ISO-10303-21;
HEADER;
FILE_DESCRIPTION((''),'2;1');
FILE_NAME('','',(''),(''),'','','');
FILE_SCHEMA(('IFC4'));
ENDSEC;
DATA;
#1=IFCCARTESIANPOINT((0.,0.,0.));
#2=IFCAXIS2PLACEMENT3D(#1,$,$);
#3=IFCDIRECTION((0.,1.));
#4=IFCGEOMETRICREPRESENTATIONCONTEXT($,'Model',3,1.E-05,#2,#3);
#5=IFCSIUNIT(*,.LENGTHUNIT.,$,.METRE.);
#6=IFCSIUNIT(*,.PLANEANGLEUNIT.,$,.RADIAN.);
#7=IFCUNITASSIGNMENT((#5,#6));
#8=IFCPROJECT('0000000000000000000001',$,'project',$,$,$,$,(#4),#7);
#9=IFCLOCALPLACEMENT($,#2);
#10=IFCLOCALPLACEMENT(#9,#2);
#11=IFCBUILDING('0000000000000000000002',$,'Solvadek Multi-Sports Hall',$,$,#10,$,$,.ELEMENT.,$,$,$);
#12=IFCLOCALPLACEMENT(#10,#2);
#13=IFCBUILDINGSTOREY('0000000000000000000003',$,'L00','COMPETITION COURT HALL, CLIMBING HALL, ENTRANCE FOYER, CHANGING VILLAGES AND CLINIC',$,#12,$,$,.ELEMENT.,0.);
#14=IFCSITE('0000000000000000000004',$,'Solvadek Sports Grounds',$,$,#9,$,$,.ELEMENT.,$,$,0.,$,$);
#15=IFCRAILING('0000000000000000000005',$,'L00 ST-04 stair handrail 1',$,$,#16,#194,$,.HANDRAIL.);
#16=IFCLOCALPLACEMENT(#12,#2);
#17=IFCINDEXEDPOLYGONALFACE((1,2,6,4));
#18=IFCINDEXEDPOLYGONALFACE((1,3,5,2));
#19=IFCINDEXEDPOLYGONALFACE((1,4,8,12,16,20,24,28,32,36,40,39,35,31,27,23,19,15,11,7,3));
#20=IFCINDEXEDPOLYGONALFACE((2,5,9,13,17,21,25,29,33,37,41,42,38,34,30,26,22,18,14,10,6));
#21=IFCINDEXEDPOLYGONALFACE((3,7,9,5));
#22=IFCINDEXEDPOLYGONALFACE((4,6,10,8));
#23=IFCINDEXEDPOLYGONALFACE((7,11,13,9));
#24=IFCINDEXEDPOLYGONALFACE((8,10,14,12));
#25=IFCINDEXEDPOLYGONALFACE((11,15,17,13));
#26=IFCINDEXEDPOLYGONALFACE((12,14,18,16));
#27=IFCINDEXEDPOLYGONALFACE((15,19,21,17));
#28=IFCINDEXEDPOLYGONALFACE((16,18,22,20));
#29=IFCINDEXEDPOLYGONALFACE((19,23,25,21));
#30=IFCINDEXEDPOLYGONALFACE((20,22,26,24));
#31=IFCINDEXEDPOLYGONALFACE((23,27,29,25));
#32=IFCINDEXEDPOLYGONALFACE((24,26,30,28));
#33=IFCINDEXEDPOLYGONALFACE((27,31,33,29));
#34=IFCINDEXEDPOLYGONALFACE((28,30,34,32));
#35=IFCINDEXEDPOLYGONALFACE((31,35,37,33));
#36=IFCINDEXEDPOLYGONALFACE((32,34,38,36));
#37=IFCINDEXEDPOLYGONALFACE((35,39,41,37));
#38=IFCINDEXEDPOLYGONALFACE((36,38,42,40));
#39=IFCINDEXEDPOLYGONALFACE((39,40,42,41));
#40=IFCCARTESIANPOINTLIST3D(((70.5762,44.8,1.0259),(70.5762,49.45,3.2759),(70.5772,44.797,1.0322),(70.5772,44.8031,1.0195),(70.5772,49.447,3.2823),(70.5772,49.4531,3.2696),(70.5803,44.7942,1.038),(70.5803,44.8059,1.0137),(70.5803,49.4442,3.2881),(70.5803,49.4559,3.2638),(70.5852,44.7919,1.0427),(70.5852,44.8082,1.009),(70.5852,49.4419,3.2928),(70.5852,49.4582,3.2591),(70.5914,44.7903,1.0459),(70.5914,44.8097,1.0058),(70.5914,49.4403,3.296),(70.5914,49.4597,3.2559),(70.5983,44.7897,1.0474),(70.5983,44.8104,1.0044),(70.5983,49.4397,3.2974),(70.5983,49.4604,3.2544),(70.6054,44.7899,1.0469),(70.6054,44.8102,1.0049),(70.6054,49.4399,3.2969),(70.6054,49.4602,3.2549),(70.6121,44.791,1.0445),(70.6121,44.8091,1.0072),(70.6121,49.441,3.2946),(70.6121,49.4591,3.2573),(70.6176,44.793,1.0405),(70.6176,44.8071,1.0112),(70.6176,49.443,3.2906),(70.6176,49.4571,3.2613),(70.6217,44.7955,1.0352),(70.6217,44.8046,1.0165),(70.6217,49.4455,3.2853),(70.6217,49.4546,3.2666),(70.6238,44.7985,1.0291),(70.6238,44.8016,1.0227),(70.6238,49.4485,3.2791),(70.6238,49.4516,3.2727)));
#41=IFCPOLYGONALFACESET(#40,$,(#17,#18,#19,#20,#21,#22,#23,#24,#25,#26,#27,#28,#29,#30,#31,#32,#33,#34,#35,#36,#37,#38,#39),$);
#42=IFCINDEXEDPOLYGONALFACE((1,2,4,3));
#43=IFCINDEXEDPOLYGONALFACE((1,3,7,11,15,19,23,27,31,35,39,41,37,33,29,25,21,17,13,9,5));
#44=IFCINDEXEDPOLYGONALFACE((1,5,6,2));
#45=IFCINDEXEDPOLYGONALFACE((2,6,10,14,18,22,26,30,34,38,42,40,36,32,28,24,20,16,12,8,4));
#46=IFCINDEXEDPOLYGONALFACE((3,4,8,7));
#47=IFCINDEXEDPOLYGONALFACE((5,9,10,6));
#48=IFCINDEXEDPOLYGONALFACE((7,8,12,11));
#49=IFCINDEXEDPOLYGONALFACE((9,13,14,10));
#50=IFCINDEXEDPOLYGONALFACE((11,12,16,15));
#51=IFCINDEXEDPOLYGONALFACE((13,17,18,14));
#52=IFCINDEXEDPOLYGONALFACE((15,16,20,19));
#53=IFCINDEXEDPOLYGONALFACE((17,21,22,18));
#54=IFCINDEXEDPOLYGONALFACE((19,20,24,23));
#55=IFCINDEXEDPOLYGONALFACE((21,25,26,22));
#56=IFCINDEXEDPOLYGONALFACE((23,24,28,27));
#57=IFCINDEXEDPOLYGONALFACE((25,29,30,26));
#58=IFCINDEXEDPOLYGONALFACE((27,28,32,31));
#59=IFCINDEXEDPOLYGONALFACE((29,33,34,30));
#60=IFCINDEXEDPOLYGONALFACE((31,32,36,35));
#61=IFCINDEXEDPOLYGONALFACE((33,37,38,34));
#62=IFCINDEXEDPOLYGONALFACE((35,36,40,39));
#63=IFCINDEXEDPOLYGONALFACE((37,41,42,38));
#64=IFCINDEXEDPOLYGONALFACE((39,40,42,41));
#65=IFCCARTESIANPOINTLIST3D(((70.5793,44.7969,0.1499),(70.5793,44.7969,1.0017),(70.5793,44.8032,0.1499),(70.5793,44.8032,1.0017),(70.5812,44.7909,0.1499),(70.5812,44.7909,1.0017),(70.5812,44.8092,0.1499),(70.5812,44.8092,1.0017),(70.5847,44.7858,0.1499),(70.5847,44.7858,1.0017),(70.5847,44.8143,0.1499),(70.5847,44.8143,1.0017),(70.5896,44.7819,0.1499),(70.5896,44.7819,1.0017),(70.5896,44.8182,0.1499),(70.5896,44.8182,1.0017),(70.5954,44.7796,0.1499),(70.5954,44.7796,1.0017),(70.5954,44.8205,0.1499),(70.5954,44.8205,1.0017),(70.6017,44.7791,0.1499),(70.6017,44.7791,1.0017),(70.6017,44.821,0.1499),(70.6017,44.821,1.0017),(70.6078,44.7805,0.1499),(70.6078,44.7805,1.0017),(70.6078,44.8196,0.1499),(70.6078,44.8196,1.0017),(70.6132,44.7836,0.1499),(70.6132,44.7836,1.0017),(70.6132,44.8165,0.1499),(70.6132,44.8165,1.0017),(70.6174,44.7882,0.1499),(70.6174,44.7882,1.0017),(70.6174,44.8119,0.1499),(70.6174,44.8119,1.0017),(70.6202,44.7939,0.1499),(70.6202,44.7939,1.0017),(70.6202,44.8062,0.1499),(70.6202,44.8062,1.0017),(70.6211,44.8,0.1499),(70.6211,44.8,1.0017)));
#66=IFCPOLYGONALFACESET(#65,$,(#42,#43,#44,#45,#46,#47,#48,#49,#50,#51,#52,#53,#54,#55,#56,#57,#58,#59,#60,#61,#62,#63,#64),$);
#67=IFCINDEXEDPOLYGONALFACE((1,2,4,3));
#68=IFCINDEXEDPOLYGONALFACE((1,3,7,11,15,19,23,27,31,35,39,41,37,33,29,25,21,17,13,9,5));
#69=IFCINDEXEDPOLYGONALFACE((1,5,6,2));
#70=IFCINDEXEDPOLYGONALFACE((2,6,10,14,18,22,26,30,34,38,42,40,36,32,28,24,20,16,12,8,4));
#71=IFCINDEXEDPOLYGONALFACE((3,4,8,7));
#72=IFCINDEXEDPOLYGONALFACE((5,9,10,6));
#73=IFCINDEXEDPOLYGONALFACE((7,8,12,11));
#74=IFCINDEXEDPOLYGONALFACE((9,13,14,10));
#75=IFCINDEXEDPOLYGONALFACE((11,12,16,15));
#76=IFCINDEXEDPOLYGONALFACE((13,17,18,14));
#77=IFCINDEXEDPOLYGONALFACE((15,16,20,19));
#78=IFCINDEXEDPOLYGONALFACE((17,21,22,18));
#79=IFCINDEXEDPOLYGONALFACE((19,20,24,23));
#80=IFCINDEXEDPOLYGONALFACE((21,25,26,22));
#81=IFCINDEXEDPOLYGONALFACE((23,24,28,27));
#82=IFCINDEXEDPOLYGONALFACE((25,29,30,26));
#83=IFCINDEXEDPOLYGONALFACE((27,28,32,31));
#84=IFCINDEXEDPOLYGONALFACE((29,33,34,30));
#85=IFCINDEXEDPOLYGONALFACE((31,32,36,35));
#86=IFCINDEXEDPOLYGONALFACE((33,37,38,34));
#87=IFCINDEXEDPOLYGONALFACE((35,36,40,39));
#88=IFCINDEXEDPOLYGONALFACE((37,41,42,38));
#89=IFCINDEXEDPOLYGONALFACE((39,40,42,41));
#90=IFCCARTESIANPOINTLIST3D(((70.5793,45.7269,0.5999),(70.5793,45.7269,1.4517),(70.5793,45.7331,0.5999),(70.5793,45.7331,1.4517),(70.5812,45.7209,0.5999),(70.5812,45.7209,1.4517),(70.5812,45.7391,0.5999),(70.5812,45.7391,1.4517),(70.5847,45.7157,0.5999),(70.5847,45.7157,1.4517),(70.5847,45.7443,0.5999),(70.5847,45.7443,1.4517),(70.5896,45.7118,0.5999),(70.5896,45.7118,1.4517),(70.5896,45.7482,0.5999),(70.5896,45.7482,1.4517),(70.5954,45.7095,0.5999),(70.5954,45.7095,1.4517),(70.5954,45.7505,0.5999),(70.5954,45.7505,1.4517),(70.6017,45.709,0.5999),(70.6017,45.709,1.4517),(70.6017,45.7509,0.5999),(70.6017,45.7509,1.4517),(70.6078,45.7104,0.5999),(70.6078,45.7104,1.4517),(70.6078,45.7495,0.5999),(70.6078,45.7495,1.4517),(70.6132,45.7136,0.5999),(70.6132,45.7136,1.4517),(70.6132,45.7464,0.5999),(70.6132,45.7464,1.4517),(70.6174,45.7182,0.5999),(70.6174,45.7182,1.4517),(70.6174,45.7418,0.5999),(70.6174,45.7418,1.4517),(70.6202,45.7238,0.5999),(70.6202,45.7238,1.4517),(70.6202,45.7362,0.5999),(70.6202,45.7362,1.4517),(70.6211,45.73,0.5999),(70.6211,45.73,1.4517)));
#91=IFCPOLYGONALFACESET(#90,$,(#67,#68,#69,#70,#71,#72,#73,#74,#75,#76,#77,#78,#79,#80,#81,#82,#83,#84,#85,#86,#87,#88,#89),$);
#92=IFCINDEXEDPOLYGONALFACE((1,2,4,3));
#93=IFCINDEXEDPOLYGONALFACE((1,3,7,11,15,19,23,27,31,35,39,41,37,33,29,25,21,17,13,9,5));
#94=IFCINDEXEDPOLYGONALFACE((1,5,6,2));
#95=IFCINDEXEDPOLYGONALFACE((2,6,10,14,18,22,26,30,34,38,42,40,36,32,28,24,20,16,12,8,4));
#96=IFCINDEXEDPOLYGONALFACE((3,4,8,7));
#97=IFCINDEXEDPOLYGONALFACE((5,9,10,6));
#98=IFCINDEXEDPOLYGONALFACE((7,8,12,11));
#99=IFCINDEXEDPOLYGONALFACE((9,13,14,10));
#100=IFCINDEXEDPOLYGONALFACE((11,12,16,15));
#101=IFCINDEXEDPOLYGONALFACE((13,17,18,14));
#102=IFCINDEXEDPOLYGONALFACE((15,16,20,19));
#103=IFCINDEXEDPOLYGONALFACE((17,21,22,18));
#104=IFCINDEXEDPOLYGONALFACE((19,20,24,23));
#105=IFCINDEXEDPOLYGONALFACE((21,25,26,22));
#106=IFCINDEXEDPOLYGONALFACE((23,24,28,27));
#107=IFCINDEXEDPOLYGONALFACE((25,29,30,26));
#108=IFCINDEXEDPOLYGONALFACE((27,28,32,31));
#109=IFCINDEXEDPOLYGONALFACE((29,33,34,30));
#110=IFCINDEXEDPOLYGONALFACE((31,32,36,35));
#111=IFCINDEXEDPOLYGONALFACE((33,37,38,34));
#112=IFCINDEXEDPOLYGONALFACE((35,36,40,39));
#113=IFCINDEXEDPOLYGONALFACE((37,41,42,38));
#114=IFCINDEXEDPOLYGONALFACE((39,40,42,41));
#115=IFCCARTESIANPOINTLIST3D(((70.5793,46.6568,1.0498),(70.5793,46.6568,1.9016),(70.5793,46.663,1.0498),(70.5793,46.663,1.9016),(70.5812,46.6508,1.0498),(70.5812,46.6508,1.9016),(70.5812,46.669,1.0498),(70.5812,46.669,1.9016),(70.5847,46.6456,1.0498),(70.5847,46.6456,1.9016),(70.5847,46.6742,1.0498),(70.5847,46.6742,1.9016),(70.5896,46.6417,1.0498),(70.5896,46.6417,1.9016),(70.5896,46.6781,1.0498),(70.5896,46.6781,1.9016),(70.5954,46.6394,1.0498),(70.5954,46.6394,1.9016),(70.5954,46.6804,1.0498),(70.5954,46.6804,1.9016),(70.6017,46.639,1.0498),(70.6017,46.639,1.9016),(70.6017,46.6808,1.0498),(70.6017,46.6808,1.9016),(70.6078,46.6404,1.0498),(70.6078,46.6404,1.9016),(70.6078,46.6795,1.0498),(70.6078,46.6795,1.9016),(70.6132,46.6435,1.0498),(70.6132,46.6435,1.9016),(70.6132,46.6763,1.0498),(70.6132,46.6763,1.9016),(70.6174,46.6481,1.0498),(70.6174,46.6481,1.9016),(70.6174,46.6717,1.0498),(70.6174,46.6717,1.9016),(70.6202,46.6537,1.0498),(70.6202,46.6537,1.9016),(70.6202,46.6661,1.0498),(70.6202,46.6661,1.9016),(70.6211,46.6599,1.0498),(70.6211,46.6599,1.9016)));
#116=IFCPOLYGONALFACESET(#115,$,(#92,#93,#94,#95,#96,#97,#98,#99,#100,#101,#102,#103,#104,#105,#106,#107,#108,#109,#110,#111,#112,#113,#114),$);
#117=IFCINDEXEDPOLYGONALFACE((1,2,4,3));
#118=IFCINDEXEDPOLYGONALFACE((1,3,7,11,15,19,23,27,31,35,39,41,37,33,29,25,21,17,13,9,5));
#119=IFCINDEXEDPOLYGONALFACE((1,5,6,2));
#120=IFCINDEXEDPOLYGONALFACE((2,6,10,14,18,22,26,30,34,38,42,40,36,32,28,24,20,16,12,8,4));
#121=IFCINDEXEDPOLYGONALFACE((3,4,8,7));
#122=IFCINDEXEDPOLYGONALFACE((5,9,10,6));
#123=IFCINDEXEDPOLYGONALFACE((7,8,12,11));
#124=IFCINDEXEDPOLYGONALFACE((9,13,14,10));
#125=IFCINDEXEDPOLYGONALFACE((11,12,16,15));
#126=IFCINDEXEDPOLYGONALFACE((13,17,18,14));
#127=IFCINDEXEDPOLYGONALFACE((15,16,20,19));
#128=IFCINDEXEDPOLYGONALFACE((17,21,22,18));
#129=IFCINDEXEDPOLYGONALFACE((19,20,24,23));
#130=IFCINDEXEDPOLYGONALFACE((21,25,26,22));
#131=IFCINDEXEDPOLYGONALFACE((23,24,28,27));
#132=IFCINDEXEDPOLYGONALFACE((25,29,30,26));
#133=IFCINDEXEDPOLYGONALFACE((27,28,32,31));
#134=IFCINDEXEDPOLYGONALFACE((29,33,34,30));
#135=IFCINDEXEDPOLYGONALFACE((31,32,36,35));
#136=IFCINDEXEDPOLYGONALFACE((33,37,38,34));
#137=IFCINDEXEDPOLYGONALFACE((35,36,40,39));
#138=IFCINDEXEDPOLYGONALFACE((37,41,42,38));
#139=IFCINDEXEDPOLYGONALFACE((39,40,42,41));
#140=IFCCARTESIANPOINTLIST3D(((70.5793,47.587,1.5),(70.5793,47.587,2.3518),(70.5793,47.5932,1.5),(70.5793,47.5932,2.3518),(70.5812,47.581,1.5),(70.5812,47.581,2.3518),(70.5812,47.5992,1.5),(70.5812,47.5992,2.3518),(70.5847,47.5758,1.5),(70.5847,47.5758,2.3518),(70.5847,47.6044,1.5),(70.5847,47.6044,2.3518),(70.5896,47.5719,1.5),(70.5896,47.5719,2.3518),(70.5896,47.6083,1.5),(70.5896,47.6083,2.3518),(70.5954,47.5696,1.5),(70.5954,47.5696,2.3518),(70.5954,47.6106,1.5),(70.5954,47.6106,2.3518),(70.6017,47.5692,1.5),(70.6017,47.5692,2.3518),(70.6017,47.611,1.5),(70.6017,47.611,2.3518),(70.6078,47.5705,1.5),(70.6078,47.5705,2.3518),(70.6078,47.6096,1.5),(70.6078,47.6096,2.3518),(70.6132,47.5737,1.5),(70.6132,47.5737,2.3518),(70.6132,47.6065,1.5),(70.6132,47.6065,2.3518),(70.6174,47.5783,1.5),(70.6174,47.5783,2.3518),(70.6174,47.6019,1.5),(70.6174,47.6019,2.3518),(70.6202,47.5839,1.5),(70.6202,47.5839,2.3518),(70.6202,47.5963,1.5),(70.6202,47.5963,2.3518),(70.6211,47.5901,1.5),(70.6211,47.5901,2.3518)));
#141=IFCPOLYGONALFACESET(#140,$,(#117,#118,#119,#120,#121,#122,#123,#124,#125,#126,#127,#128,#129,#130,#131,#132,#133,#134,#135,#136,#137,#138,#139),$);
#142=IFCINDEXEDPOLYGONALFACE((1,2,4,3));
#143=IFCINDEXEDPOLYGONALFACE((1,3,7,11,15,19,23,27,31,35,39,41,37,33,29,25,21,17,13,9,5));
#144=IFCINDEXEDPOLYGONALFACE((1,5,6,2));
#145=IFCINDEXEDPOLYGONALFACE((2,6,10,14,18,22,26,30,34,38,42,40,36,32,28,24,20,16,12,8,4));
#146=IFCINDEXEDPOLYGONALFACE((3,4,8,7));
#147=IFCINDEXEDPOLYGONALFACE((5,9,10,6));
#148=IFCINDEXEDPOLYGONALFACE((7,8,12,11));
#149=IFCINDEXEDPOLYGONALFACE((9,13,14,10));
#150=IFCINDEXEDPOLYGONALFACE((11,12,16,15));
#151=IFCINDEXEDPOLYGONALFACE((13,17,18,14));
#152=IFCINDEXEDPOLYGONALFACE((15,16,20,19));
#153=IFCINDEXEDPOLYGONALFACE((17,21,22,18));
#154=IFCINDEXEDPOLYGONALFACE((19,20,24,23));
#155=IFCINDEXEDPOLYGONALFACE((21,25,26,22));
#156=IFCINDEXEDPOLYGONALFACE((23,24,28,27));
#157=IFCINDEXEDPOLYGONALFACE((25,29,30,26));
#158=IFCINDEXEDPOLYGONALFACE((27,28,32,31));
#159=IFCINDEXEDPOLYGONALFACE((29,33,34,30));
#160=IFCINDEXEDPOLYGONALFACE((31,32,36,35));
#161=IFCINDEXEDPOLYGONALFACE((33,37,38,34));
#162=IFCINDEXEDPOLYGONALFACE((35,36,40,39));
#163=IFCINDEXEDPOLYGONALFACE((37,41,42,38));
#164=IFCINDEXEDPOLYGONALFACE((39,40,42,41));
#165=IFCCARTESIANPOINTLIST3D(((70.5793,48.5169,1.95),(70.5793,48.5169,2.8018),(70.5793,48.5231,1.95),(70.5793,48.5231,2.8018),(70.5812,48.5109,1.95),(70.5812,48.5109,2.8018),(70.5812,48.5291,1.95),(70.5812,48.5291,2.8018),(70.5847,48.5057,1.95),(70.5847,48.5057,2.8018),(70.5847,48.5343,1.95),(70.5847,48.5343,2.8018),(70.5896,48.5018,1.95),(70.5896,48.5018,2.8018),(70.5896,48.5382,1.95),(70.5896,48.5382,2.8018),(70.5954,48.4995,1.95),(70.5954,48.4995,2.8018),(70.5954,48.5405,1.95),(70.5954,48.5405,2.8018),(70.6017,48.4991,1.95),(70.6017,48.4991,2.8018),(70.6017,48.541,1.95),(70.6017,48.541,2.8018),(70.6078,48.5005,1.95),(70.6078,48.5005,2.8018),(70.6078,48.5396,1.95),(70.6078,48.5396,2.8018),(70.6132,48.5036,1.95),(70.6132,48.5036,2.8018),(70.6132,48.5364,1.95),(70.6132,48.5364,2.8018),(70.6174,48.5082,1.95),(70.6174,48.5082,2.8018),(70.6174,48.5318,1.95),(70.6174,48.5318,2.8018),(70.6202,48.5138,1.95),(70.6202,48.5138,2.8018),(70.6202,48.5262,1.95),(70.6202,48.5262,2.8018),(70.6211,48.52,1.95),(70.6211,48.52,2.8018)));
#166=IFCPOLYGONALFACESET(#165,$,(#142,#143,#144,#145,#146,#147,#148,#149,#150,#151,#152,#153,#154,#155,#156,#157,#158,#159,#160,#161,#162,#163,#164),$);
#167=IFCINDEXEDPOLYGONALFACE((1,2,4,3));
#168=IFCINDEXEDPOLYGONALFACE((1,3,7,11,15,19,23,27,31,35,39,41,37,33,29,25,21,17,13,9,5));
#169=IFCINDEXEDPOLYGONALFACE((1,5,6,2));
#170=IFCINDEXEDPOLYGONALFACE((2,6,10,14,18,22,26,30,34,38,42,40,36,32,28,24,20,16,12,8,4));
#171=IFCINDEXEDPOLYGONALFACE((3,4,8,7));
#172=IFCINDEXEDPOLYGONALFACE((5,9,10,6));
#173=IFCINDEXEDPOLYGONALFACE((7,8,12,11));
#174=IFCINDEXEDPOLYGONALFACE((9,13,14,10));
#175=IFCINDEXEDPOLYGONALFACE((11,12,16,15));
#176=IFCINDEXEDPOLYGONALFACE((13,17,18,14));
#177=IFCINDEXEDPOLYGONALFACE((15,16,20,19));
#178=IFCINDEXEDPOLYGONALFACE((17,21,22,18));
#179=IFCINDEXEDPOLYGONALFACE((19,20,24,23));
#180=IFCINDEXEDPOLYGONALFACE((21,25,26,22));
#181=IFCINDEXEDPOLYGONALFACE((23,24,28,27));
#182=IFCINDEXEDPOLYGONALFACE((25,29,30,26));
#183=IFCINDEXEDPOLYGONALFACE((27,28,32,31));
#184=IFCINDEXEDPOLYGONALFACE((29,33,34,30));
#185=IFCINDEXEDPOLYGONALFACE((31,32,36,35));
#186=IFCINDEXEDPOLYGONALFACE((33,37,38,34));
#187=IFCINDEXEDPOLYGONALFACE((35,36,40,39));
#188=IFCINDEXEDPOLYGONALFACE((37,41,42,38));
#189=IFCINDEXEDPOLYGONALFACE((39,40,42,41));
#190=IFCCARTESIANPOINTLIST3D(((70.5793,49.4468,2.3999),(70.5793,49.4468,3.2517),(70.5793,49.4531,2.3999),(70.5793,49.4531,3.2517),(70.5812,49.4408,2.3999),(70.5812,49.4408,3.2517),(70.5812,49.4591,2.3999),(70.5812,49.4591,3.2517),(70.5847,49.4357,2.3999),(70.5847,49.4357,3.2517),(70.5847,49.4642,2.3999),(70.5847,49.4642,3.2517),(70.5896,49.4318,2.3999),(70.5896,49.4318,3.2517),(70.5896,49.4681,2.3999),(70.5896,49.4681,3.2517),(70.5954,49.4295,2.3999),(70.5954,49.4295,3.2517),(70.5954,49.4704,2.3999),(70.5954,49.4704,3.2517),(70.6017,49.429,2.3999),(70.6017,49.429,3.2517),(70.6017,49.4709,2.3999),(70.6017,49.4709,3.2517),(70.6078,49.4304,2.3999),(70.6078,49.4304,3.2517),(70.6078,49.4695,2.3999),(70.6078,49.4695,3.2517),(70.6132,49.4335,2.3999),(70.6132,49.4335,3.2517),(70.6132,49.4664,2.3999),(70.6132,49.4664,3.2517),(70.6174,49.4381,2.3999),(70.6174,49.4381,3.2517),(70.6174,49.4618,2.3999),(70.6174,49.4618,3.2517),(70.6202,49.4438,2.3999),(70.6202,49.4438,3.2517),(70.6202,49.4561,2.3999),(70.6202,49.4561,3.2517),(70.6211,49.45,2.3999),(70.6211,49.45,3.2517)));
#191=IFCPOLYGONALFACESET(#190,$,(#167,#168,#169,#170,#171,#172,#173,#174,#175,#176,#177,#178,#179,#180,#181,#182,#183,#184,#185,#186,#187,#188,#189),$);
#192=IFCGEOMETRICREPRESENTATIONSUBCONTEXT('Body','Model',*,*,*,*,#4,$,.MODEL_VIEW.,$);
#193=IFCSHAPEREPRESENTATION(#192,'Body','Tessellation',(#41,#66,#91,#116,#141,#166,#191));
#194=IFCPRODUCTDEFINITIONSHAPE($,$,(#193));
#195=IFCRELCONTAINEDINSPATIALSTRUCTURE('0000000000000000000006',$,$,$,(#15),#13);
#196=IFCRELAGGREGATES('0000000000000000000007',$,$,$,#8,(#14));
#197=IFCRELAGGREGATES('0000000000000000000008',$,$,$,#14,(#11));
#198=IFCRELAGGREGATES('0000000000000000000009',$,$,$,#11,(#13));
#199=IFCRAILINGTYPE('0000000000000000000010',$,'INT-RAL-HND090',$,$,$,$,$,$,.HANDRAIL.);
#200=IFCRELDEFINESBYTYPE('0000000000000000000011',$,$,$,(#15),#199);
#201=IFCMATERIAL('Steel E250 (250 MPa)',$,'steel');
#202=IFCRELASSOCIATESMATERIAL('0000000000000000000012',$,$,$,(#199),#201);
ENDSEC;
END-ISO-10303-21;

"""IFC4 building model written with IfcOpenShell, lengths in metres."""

from ifc_helpers import new_model, si_unit, direction, frame, origin, origin_2d, place, context, subcontext, project, spatial, circle, extrude, material, type_object, element, save


model = new_model("IFC4")

# Units and contexts
model_context = context("Model", 3, precision=1e-05, world=origin(), true_north=direction((0.0, 1.0)))
body_context = subcontext(model_context, "Body", "Model", "MODEL_VIEW")
ifc_project = project(units=[si_unit("LENGTHUNIT", "METRE"), si_unit("PLANEANGLEUNIT", "RADIAN")], contexts=[model_context])

# Site, building, storey
site_placement = place(None, origin())
site = spatial("IfcSite", under=ifc_project, at=site_placement, Name="Solvadek Sports Grounds", CompositionType="ELEMENT", RefElevation=0.0)
building_placement = place(site_placement, origin())
building = spatial("IfcBuilding", under=site, at=building_placement, Name="Solvadek Multi-Sports Hall", CompositionType="ELEMENT")
storey_placement = place(building_placement, origin())
storey = spatial("IfcBuildingStorey", under=building, at=storey_placement, Name="L00", Description="COMPETITION COURT HALL, CLIMBING HALL, ENTRANCE FOYER, CHANGING VILLAGES AND CLINIC", CompositionType="ELEMENT", Elevation=0.0)

# Shared definitions
ifc_material_1 = material(Name="Steel E250 (250 MPa)", Category="steel")

# Railing
railing_type_1 = type_object("IfcRailingType", Name="INT-RAL-HND090", PredefinedType="HANDRAIL", material=ifc_material_1)
railing_1_placement = place(storey_placement, frame((70.6001, 44.8, 0.1499)))
element("IfcRailing", 1, at=railing_1_placement, inside=storey, type_object=railing_type_1, Name="L00 ST-04 stair handrail 1", PredefinedType="HANDRAIL", context=body_context, shape_type="SweptSolid", body=[
    extrude(circle(Radius=0.0239, at=origin_2d()), frame((0.0, 0.0, 0.876), z_axis=(0.0, 0.900156, 0.435568), x_axis=(-1.0, 0.0, 0.0)), (0.0, 0.0, 1.0), 5.1658),
    extrude(circle(Radius=0.021, at=origin_2d()), origin(), (0.0, 0.0, 1.0), 0.8518),
    extrude(circle(Radius=0.021, at=origin_2d()), frame((0.0, 0.9299, 0.45)), (0.0, 0.0, 1.0), 0.8518),
    extrude(circle(Radius=0.021, at=origin_2d()), frame((0.0, 1.8599, 0.8999)), (0.0, 0.0, 1.0), 0.8518),
    extrude(circle(Radius=0.021, at=origin_2d()), frame((0.0, 2.79, 1.3501)), (0.0, 0.0, 1.0), 0.8518),
    extrude(circle(Radius=0.021, at=origin_2d()), frame((0.0, 3.72, 1.8)), (0.0, 0.0, 1.0), 0.8518),
    extrude(circle(Radius=0.021, at=origin_2d()), frame((0.0, 4.6499, 2.25)), (0.0, 0.0, 1.0), 0.8518),
])

save(model, "model.ifc")
